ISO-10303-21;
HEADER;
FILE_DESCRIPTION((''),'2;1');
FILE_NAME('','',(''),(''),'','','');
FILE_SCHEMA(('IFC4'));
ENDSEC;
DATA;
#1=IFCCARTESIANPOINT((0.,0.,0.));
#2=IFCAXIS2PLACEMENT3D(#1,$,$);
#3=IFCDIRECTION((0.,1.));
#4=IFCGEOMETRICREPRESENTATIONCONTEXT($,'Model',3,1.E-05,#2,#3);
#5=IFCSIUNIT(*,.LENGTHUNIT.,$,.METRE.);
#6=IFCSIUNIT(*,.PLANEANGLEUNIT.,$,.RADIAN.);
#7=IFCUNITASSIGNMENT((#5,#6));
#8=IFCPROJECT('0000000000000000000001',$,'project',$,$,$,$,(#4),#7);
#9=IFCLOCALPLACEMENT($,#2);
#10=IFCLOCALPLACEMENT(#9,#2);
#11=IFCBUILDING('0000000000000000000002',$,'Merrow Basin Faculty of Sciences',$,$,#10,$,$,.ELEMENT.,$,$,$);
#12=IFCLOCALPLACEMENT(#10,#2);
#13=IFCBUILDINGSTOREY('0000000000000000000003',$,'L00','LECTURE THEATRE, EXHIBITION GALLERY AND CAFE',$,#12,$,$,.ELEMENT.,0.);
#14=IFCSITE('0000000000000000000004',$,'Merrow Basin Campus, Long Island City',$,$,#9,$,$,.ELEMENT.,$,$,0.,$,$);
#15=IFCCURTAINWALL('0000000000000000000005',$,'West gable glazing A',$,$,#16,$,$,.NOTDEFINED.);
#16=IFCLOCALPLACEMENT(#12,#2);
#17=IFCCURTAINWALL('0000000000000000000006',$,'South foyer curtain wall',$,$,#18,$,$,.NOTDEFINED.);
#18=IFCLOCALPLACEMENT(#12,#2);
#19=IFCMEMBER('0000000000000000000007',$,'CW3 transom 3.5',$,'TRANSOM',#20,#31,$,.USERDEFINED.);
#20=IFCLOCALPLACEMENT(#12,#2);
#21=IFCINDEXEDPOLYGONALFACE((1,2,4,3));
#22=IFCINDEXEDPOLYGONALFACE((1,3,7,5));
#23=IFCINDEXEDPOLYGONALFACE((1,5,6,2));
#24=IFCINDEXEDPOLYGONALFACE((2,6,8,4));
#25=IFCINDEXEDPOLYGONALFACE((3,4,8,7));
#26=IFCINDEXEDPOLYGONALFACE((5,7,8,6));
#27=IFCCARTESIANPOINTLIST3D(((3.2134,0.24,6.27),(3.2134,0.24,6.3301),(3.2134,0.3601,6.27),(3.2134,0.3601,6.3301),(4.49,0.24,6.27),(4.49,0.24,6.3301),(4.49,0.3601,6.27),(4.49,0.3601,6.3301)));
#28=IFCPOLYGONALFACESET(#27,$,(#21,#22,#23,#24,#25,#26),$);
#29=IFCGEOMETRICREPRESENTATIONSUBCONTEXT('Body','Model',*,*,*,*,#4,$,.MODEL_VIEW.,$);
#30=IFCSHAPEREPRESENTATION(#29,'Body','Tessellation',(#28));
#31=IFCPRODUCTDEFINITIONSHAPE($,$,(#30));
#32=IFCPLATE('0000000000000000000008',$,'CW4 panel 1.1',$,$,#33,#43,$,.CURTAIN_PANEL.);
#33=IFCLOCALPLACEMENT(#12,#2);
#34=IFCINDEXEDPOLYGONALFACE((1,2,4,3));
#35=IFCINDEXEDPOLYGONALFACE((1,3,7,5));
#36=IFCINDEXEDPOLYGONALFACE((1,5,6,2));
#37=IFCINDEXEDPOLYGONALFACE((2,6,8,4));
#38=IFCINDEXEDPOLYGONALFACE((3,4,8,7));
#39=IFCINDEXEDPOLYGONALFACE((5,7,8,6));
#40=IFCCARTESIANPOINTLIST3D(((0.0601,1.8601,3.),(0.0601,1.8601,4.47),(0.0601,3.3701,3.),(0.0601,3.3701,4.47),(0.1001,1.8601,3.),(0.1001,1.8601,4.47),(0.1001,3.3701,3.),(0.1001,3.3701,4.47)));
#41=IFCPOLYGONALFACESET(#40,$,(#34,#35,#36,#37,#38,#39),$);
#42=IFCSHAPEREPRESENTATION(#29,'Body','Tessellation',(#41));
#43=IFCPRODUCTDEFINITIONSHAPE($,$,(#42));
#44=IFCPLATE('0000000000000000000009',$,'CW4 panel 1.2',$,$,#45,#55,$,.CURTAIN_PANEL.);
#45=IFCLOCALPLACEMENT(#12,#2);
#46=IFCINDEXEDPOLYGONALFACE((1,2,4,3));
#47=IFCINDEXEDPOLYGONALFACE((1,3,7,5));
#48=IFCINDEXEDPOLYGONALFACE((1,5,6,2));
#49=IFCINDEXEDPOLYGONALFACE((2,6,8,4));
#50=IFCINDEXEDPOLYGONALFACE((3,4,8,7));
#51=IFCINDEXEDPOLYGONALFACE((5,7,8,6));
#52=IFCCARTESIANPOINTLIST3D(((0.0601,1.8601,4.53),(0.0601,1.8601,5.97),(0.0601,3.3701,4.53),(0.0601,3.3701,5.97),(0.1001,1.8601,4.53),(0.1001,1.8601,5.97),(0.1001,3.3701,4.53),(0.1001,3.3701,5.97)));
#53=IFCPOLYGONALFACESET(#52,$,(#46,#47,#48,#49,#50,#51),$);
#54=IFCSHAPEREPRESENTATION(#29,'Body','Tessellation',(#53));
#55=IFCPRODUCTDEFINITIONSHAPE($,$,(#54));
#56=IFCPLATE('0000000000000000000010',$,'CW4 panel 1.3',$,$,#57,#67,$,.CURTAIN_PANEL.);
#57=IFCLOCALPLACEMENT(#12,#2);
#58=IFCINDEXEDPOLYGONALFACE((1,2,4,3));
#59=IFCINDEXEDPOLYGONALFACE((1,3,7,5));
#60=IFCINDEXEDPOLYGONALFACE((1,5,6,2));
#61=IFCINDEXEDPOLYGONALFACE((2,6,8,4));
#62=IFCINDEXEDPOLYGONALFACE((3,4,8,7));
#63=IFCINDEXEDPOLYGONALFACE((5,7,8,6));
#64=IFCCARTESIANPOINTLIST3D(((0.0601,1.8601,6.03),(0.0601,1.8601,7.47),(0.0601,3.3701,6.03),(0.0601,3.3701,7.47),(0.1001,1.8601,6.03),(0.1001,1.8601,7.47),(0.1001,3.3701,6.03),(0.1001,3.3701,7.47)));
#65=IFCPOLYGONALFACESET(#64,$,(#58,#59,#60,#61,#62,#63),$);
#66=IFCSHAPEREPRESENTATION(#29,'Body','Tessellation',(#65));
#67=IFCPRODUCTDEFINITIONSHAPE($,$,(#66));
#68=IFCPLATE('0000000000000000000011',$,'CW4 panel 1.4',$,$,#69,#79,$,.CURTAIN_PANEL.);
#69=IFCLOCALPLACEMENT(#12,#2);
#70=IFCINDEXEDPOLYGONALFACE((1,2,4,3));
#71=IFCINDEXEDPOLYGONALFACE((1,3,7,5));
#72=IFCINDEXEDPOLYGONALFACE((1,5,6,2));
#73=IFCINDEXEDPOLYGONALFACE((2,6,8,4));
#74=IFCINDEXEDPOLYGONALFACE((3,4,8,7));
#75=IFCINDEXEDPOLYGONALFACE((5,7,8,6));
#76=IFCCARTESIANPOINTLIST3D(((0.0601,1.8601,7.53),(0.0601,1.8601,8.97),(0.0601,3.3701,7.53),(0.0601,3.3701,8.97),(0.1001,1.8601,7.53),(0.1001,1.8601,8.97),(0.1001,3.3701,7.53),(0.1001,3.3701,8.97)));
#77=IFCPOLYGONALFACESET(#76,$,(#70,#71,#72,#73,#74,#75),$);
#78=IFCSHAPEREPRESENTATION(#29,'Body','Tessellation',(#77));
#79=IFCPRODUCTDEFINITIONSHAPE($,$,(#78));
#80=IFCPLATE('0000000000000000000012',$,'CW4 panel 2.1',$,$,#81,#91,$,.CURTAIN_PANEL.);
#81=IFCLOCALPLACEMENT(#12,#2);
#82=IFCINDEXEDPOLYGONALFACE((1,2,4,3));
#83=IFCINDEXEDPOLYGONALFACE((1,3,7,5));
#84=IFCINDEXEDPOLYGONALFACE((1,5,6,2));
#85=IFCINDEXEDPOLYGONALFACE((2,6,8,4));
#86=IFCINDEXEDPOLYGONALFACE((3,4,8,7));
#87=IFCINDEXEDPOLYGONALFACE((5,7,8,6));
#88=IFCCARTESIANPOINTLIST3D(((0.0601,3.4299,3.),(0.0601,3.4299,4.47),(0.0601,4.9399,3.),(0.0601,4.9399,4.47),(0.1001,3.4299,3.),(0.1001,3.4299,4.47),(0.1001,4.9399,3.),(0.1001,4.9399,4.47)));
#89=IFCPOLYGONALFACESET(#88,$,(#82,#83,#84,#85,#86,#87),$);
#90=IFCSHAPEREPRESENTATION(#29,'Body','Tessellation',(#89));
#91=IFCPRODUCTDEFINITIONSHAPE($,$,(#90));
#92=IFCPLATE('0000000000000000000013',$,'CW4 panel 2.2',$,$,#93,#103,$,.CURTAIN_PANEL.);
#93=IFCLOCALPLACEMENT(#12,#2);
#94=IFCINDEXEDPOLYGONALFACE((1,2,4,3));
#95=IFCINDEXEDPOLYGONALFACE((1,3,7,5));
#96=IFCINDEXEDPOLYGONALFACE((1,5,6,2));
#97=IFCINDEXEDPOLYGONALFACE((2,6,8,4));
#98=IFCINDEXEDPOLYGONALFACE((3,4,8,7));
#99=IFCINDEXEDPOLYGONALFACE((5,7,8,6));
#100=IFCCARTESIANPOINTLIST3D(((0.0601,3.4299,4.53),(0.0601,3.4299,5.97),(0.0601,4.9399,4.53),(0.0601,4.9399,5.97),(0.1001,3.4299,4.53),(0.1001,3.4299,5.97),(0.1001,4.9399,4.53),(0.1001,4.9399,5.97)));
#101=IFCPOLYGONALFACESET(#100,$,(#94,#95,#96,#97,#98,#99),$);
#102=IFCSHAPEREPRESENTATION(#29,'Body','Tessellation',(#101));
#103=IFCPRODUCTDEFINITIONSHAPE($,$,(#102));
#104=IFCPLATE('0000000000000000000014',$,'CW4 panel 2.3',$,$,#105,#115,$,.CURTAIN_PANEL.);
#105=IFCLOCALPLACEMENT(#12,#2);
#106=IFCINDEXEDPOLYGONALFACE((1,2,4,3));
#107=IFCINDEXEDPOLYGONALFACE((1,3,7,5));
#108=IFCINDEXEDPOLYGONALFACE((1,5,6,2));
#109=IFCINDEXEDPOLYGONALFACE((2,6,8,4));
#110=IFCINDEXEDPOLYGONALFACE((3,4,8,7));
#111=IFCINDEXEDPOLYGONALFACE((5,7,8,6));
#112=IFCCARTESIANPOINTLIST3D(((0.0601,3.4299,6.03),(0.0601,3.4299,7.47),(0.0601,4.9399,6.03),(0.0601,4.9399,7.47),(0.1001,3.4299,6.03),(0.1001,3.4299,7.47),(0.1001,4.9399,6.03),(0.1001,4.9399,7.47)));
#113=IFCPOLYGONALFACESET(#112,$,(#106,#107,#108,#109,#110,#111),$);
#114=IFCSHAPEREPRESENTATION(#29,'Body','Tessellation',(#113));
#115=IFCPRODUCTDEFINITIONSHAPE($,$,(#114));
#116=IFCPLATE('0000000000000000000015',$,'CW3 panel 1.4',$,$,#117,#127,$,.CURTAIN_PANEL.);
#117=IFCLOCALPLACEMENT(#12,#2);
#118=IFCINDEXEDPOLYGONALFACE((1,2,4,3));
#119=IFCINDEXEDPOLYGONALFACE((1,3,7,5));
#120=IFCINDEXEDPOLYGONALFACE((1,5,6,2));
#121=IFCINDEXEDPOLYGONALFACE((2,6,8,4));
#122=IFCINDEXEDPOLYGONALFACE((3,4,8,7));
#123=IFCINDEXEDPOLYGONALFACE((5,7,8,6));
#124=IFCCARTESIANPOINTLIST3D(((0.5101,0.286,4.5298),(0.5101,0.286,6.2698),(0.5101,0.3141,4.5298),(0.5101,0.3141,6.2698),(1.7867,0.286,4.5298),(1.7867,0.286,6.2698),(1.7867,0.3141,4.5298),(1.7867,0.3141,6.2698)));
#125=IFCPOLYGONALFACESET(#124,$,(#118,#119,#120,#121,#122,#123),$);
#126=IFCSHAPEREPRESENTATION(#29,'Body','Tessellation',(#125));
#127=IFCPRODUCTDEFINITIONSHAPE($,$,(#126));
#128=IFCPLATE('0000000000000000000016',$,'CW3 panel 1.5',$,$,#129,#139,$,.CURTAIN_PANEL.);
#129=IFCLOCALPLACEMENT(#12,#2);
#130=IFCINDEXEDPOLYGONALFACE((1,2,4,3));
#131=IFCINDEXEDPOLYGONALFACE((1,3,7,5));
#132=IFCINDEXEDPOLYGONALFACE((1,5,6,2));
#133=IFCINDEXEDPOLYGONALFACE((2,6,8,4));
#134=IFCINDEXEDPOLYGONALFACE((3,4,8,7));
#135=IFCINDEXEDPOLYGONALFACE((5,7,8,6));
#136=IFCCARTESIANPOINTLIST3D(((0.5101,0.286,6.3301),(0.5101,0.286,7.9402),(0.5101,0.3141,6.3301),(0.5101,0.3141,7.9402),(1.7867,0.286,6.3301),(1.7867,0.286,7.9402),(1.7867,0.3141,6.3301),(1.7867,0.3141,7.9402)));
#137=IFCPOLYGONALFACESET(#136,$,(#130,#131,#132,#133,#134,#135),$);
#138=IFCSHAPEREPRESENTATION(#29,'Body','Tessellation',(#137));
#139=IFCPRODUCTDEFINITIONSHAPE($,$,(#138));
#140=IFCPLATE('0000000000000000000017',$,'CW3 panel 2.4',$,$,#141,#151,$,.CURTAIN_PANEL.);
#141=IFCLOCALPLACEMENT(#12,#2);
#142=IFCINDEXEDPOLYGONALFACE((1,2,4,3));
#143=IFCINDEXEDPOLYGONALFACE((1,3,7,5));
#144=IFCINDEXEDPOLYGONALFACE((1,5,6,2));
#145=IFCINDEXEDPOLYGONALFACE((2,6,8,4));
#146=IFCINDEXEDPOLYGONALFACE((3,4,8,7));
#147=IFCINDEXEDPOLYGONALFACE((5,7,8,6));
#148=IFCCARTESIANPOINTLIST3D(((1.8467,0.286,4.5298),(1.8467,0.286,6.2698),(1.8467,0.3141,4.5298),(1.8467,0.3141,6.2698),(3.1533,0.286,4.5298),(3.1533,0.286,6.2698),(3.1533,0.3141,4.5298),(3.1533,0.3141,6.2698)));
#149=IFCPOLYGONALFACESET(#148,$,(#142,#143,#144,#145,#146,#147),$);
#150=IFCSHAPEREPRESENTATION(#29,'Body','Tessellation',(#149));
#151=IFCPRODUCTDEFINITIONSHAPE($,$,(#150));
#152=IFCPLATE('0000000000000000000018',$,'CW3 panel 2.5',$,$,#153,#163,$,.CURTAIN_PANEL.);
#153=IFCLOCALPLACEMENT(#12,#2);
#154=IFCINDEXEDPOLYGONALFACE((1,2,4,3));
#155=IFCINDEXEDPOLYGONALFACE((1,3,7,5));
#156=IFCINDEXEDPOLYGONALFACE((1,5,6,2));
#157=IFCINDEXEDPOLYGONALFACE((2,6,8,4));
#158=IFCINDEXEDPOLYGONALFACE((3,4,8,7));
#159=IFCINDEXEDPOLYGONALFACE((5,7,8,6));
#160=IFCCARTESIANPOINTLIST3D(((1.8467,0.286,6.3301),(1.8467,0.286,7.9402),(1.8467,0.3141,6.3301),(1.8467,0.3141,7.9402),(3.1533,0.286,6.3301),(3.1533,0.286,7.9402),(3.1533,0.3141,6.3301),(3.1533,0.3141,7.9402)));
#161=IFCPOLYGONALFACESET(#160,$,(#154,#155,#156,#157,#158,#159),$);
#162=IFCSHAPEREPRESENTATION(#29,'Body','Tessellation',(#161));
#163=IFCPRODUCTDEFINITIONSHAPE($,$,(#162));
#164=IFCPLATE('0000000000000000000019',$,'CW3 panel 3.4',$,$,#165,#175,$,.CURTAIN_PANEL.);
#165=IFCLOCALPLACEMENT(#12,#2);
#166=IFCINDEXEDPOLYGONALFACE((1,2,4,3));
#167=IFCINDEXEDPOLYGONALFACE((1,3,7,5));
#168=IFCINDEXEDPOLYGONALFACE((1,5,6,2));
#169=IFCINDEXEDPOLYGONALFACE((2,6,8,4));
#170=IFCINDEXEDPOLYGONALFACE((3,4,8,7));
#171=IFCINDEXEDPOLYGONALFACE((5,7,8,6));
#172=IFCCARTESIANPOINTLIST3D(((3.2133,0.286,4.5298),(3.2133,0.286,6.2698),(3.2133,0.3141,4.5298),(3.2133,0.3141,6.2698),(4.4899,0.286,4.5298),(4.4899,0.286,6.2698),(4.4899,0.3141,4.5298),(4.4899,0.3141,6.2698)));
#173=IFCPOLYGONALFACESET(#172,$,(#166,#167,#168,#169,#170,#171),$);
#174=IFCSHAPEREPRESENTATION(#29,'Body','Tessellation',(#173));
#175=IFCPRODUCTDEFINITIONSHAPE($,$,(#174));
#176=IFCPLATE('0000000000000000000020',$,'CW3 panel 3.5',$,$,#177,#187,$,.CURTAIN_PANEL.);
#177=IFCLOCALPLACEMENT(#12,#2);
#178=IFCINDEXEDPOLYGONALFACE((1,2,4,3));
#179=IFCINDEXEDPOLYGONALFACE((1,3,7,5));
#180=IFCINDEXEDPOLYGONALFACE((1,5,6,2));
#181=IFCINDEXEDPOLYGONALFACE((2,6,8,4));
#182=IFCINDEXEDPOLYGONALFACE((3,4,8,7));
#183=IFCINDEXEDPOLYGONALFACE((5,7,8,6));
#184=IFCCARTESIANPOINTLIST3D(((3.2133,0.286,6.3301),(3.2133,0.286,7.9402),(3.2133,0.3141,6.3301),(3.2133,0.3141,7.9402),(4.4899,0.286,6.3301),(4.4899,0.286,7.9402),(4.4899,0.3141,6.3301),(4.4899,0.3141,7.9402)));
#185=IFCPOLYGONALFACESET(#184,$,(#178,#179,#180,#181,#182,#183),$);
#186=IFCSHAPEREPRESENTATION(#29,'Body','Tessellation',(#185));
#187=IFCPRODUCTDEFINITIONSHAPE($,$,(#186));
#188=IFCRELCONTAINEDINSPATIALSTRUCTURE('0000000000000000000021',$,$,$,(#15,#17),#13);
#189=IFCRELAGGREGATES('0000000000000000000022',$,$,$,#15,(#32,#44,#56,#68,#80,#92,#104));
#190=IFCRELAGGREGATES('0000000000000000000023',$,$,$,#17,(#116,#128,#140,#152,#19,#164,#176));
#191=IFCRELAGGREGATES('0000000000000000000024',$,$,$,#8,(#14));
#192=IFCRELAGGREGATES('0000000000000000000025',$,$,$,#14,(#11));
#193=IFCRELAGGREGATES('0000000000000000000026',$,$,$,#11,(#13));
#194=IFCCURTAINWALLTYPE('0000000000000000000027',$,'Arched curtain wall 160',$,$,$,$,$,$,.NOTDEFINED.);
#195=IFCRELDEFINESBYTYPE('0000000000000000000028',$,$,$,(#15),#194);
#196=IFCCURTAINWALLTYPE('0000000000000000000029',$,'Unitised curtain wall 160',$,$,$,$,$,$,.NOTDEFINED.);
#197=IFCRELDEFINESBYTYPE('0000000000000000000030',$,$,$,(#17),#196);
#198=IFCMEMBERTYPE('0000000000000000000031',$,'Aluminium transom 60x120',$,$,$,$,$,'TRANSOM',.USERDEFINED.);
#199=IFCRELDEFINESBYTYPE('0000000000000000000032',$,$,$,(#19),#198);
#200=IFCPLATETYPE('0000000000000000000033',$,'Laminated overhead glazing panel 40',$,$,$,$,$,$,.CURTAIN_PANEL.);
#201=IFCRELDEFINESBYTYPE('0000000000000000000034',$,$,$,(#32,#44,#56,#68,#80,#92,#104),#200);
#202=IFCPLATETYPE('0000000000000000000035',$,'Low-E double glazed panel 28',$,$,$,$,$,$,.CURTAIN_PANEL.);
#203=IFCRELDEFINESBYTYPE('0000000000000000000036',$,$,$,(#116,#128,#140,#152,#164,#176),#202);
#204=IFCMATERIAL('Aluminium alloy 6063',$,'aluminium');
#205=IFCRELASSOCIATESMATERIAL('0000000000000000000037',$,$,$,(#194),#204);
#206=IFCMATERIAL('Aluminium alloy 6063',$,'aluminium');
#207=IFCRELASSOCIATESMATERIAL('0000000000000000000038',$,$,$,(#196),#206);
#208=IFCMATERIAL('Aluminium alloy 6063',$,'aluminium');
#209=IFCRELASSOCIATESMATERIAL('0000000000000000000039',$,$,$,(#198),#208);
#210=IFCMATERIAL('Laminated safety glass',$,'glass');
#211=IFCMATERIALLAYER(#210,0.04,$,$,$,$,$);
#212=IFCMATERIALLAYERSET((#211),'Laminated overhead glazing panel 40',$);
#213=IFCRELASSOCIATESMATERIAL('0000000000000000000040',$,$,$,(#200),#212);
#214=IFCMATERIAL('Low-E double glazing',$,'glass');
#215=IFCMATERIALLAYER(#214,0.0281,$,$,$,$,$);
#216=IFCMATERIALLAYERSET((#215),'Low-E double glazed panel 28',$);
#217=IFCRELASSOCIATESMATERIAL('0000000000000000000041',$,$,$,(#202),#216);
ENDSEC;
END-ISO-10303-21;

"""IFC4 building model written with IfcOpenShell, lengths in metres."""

from ifc_helpers import new_model, si_unit, direction, frame, origin, origin_2d, place, context, subcontext, project, spatial, polyline, rectangle, outline, extrude, material, layer, layer_set, material_profile, profile_set, type_object, element, aggregate, save


model = new_model("IFC4")

# Units and contexts
model_context = context("Model", 3, precision=1e-05, world=origin(), true_north=direction((0.0, 1.0)))
body_context = subcontext(model_context, "Body", "Model", "MODEL_VIEW")
ifc_project = project(units=[si_unit("LENGTHUNIT", "METRE"), si_unit("PLANEANGLEUNIT", "RADIAN")], contexts=[model_context])

# Site, building, storey
site_placement = place(None, origin())
site = spatial("IfcSite", under=ifc_project, at=site_placement, Name="Merrow Basin Campus, Long Island City", CompositionType="ELEMENT", RefElevation=0.0)
building_placement = place(site_placement, origin())
building = spatial("IfcBuilding", under=site, at=building_placement, Name="Merrow Basin Faculty of Sciences", CompositionType="ELEMENT")
storey_placement = place(building_placement, origin())
storey = spatial("IfcBuildingStorey", under=building, at=storey_placement, Name="L00", Description="LECTURE THEATRE, EXHIBITION GALLERY AND CAFE", CompositionType="ELEMENT", Elevation=0.0)

# Curtain walls, member
ifc_material_1 = material(Name="Aluminium alloy 6063", Category="aluminium")
curtain_wall_type_1 = type_object("IfcCurtainWallType", Name="Arched curtain wall 160", PredefinedType="NOTDEFINED", material=ifc_material_1)
curtain_wall_1_placement = place(storey_placement, origin())
curtain_wall_1 = element("IfcCurtainWall", 1, at=curtain_wall_1_placement, inside=storey, type_object=curtain_wall_type_1, Name="West gable glazing A", PredefinedType="NOTDEFINED")
ifc_material_2 = material(Name="Aluminium alloy 6063", Category="aluminium")
curtain_wall_type_2 = type_object("IfcCurtainWallType", Name="Unitised curtain wall 160", PredefinedType="NOTDEFINED", material=ifc_material_2)
curtain_wall_2_placement = place(storey_placement, origin())
curtain_wall_2 = element("IfcCurtainWall", 2, at=curtain_wall_2_placement, inside=storey, type_object=curtain_wall_type_2, Name="South foyer curtain wall", PredefinedType="NOTDEFINED")
ifc_material_3 = material(Name="Aluminium alloy 6063", Category="aluminium")
ifc_material_profile_1 = material_profile(ifc_material_3, rectangle(XDim=0.1201, YDim=0.0601, at=origin_2d()))
ifc_profile_set_1 = profile_set([ifc_material_profile_1], Name="Aluminium alloy 6063")
member_type_1 = type_object("IfcMemberType", Name="Aluminium transom 60x120", ElementType="TRANSOM", PredefinedType="USERDEFINED", material=ifc_profile_set_1)
member_1_placement = place(storey_placement, frame((3.2134, 0.3, 6.3), z_axis=(1.0, 0.0, 0.0), x_axis=(0.0, 1.0, 0.0)))
member_1 = element("IfcMember", 3, at=member_1_placement, type_object=member_type_1, Name="CW3 transom 3.5", ObjectType="TRANSOM", PredefinedType="USERDEFINED", context=body_context, shape_type="SweptSolid", body=[
    extrude(rectangle(XDim=0.1201, YDim=0.0601, at=origin_2d()), origin(), (0.0, 0.0, 1.0), 1.2766),
])

# Plates
ifc_material_4 = material(Name="Laminated safety glass", Category="glass")
ifc_layer_1 = layer(ifc_material_4, 0.04)
ifc_layer_set_1 = layer_set([ifc_layer_1], Name="Laminated overhead glazing panel 40")
plate_type_1 = type_object("IfcPlateType", Name="Laminated overhead glazing panel 40", PredefinedType="CURTAIN_PANEL", material=ifc_layer_set_1)
plate_1_placement = place(storey_placement, frame((0.0601, 1.8601, 3.0), z_axis=(1.0, 0.0, 0.0), x_axis=(0.0, 1.0, 0.0)))
plate_1 = element("IfcPlate", 4, at=plate_1_placement, type_object=plate_type_1, Name="CW4 panel 1.1", PredefinedType="CURTAIN_PANEL", context=body_context, shape_type="SweptSolid", body=[
    extrude(outline(polyline([(0.0, 0.0), (1.51, 0.0), (1.51, 1.47), (0.0, 1.47), (0.0, 0.0)])), origin(), (0.0, 0.0, 1.0), 0.04),
])
plate_2_placement = place(storey_placement, frame((0.0601, 1.8601, 4.53), z_axis=(1.0, 0.0, 0.0), x_axis=(0.0, 1.0, 0.0)))
plate_2 = element("IfcPlate", 5, at=plate_2_placement, type_object=plate_type_1, Name="CW4 panel 1.2", PredefinedType="CURTAIN_PANEL", context=body_context, shape_type="SweptSolid", body=[
    extrude(outline(polyline([(0.0, 0.0), (1.51, 0.0), (1.51, 1.4399), (0.0, 1.4399), (0.0, 0.0)])), origin(), (0.0, 0.0, 1.0), 0.04),
])
plate_3_placement = place(storey_placement, frame((0.0601, 1.8601, 6.03), z_axis=(1.0, 0.0, 0.0), x_axis=(0.0, 1.0, 0.0)))
plate_3 = element("IfcPlate", 6, at=plate_3_placement, type_object=plate_type_1, Name="CW4 panel 1.3", PredefinedType="CURTAIN_PANEL", context=body_context, shape_type="SweptSolid", body=[
    extrude(outline(polyline([(0.0, 0.0), (1.51, 0.0), (1.51, 1.4399), (0.0, 1.4399), (0.0, 0.0)])), origin(), (0.0, 0.0, 1.0), 0.04),
])
plate_4_placement = place(storey_placement, frame((0.0601, 1.8601, 7.53), z_axis=(1.0, 0.0, 0.0), x_axis=(0.0, 1.0, 0.0)))
plate_4 = element("IfcPlate", 7, at=plate_4_placement, type_object=plate_type_1, Name="CW4 panel 1.4", PredefinedType="CURTAIN_PANEL", context=body_context, shape_type="SweptSolid", body=[
    extrude(outline(polyline([(0.0, 0.0), (1.51, 0.0), (1.51, 1.4399), (0.0, 1.4399), (0.0, 0.0)])), origin(), (0.0, 0.0, 1.0), 0.04),
])
plate_5_placement = place(storey_placement, frame((0.0601, 3.4299, 3.0), z_axis=(1.0, 0.0, 0.0), x_axis=(0.0, 1.0, 0.0)))
plate_5 = element("IfcPlate", 8, at=plate_5_placement, type_object=plate_type_1, Name="CW4 panel 2.1", PredefinedType="CURTAIN_PANEL", context=body_context, shape_type="SweptSolid", body=[
    extrude(outline(polyline([(0.0, 0.0), (1.51, 0.0), (1.51, 1.47), (0.0, 1.47), (0.0, 0.0)])), origin(), (0.0, 0.0, 1.0), 0.04),
])
plate_6_placement = place(storey_placement, frame((0.0601, 3.4299, 4.53), z_axis=(1.0, 0.0, 0.0), x_axis=(0.0, 1.0, 0.0)))
plate_6 = element("IfcPlate", 9, at=plate_6_placement, type_object=plate_type_1, Name="CW4 panel 2.2", PredefinedType="CURTAIN_PANEL", context=body_context, shape_type="SweptSolid", body=[
    extrude(outline(polyline([(0.0, 0.0), (1.51, 0.0), (1.51, 1.4399), (0.0, 1.4399), (0.0, 0.0)])), origin(), (0.0, 0.0, 1.0), 0.04),
])
plate_7_placement = place(storey_placement, frame((0.0601, 3.4299, 6.03), z_axis=(1.0, 0.0, 0.0), x_axis=(0.0, 1.0, 0.0)))
plate_7 = element("IfcPlate", 10, at=plate_7_placement, type_object=plate_type_1, Name="CW4 panel 2.3", PredefinedType="CURTAIN_PANEL", context=body_context, shape_type="SweptSolid", body=[
    extrude(outline(polyline([(0.0, 0.0), (1.51, 0.0), (1.51, 1.4399), (0.0, 1.4399), (0.0, 0.0)])), origin(), (0.0, 0.0, 1.0), 0.04),
])
aggregate(curtain_wall_1, [plate_1, plate_2, plate_3, plate_4, plate_5, plate_6, plate_7])
ifc_material_5 = material(Name="Low-E double glazing", Category="glass")
ifc_layer_2 = layer(ifc_material_5, 0.0281)
ifc_layer_set_2 = layer_set([ifc_layer_2], Name="Low-E double glazed panel 28")
plate_type_2 = type_object("IfcPlateType", Name="Low-E double glazed panel 28", PredefinedType="CURTAIN_PANEL", material=ifc_layer_set_2)
plate_8_placement = place(storey_placement, frame((1.1484, 0.3, 4.5298), z_axis=(0.0, 0.0, 1.0), x_axis=(1.0, 0.0, 0.0)))
plate_8 = element("IfcPlate", 11, at=plate_8_placement, type_object=plate_type_2, Name="CW3 panel 1.4", PredefinedType="CURTAIN_PANEL", context=body_context, shape_type="SweptSolid", body=[
    extrude(rectangle(XDim=1.2766, YDim=0.0281, at=origin_2d()), origin(), (0.0, 0.0, 1.0), 1.74),
])
plate_9_placement = place(storey_placement, frame((1.1484, 0.3, 6.3301), z_axis=(0.0, 0.0, 1.0), x_axis=(1.0, 0.0, 0.0)))
plate_9 = element("IfcPlate", 12, at=plate_9_placement, type_object=plate_type_2, Name="CW3 panel 1.5", PredefinedType="CURTAIN_PANEL", context=body_context, shape_type="SweptSolid", body=[
    extrude(rectangle(XDim=1.2766, YDim=0.0281, at=origin_2d()), origin(), (0.0, 0.0, 1.0), 1.6101),
])
plate_10_placement = place(storey_placement, frame((2.5, 0.3, 4.5298), z_axis=(0.0, 0.0, 1.0), x_axis=(1.0, 0.0, 0.0)))
plate_10 = element("IfcPlate", 13, at=plate_10_placement, type_object=plate_type_2, Name="CW3 panel 2.4", PredefinedType="CURTAIN_PANEL", context=body_context, shape_type="SweptSolid", body=[
    extrude(rectangle(XDim=1.3066, YDim=0.0281, at=origin_2d()), origin(), (0.0, 0.0, 1.0), 1.74),
])
plate_11_placement = place(storey_placement, frame((2.5, 0.3, 6.3301), z_axis=(0.0, 0.0, 1.0), x_axis=(1.0, 0.0, 0.0)))
plate_11 = element("IfcPlate", 14, at=plate_11_placement, type_object=plate_type_2, Name="CW3 panel 2.5", PredefinedType="CURTAIN_PANEL", context=body_context, shape_type="SweptSolid", body=[
    extrude(rectangle(XDim=1.3066, YDim=0.0281, at=origin_2d()), origin(), (0.0, 0.0, 1.0), 1.6101),
])
plate_12_placement = place(storey_placement, frame((3.8516, 0.3, 4.5298), z_axis=(0.0, 0.0, 1.0), x_axis=(1.0, 0.0, 0.0)))
plate_12 = element("IfcPlate", 15, at=plate_12_placement, type_object=plate_type_2, Name="CW3 panel 3.4", PredefinedType="CURTAIN_PANEL", context=body_context, shape_type="SweptSolid", body=[
    extrude(rectangle(XDim=1.2766, YDim=0.0281, at=origin_2d()), origin(), (0.0, 0.0, 1.0), 1.74),
])
plate_13_placement = place(storey_placement, frame((3.8516, 0.3, 6.3301), z_axis=(0.0, 0.0, 1.0), x_axis=(1.0, 0.0, 0.0)))
plate_13 = element("IfcPlate", 16, at=plate_13_placement, type_object=plate_type_2, Name="CW3 panel 3.5", PredefinedType="CURTAIN_PANEL", context=body_context, shape_type="SweptSolid", body=[
    extrude(rectangle(XDim=1.2766, YDim=0.0281, at=origin_2d()), origin(), (0.0, 0.0, 1.0), 1.6101),
])
aggregate(curtain_wall_2, [plate_8, plate_9, plate_10, plate_11, member_1, plate_12, plate_13])

save(model, "model.ifc")
